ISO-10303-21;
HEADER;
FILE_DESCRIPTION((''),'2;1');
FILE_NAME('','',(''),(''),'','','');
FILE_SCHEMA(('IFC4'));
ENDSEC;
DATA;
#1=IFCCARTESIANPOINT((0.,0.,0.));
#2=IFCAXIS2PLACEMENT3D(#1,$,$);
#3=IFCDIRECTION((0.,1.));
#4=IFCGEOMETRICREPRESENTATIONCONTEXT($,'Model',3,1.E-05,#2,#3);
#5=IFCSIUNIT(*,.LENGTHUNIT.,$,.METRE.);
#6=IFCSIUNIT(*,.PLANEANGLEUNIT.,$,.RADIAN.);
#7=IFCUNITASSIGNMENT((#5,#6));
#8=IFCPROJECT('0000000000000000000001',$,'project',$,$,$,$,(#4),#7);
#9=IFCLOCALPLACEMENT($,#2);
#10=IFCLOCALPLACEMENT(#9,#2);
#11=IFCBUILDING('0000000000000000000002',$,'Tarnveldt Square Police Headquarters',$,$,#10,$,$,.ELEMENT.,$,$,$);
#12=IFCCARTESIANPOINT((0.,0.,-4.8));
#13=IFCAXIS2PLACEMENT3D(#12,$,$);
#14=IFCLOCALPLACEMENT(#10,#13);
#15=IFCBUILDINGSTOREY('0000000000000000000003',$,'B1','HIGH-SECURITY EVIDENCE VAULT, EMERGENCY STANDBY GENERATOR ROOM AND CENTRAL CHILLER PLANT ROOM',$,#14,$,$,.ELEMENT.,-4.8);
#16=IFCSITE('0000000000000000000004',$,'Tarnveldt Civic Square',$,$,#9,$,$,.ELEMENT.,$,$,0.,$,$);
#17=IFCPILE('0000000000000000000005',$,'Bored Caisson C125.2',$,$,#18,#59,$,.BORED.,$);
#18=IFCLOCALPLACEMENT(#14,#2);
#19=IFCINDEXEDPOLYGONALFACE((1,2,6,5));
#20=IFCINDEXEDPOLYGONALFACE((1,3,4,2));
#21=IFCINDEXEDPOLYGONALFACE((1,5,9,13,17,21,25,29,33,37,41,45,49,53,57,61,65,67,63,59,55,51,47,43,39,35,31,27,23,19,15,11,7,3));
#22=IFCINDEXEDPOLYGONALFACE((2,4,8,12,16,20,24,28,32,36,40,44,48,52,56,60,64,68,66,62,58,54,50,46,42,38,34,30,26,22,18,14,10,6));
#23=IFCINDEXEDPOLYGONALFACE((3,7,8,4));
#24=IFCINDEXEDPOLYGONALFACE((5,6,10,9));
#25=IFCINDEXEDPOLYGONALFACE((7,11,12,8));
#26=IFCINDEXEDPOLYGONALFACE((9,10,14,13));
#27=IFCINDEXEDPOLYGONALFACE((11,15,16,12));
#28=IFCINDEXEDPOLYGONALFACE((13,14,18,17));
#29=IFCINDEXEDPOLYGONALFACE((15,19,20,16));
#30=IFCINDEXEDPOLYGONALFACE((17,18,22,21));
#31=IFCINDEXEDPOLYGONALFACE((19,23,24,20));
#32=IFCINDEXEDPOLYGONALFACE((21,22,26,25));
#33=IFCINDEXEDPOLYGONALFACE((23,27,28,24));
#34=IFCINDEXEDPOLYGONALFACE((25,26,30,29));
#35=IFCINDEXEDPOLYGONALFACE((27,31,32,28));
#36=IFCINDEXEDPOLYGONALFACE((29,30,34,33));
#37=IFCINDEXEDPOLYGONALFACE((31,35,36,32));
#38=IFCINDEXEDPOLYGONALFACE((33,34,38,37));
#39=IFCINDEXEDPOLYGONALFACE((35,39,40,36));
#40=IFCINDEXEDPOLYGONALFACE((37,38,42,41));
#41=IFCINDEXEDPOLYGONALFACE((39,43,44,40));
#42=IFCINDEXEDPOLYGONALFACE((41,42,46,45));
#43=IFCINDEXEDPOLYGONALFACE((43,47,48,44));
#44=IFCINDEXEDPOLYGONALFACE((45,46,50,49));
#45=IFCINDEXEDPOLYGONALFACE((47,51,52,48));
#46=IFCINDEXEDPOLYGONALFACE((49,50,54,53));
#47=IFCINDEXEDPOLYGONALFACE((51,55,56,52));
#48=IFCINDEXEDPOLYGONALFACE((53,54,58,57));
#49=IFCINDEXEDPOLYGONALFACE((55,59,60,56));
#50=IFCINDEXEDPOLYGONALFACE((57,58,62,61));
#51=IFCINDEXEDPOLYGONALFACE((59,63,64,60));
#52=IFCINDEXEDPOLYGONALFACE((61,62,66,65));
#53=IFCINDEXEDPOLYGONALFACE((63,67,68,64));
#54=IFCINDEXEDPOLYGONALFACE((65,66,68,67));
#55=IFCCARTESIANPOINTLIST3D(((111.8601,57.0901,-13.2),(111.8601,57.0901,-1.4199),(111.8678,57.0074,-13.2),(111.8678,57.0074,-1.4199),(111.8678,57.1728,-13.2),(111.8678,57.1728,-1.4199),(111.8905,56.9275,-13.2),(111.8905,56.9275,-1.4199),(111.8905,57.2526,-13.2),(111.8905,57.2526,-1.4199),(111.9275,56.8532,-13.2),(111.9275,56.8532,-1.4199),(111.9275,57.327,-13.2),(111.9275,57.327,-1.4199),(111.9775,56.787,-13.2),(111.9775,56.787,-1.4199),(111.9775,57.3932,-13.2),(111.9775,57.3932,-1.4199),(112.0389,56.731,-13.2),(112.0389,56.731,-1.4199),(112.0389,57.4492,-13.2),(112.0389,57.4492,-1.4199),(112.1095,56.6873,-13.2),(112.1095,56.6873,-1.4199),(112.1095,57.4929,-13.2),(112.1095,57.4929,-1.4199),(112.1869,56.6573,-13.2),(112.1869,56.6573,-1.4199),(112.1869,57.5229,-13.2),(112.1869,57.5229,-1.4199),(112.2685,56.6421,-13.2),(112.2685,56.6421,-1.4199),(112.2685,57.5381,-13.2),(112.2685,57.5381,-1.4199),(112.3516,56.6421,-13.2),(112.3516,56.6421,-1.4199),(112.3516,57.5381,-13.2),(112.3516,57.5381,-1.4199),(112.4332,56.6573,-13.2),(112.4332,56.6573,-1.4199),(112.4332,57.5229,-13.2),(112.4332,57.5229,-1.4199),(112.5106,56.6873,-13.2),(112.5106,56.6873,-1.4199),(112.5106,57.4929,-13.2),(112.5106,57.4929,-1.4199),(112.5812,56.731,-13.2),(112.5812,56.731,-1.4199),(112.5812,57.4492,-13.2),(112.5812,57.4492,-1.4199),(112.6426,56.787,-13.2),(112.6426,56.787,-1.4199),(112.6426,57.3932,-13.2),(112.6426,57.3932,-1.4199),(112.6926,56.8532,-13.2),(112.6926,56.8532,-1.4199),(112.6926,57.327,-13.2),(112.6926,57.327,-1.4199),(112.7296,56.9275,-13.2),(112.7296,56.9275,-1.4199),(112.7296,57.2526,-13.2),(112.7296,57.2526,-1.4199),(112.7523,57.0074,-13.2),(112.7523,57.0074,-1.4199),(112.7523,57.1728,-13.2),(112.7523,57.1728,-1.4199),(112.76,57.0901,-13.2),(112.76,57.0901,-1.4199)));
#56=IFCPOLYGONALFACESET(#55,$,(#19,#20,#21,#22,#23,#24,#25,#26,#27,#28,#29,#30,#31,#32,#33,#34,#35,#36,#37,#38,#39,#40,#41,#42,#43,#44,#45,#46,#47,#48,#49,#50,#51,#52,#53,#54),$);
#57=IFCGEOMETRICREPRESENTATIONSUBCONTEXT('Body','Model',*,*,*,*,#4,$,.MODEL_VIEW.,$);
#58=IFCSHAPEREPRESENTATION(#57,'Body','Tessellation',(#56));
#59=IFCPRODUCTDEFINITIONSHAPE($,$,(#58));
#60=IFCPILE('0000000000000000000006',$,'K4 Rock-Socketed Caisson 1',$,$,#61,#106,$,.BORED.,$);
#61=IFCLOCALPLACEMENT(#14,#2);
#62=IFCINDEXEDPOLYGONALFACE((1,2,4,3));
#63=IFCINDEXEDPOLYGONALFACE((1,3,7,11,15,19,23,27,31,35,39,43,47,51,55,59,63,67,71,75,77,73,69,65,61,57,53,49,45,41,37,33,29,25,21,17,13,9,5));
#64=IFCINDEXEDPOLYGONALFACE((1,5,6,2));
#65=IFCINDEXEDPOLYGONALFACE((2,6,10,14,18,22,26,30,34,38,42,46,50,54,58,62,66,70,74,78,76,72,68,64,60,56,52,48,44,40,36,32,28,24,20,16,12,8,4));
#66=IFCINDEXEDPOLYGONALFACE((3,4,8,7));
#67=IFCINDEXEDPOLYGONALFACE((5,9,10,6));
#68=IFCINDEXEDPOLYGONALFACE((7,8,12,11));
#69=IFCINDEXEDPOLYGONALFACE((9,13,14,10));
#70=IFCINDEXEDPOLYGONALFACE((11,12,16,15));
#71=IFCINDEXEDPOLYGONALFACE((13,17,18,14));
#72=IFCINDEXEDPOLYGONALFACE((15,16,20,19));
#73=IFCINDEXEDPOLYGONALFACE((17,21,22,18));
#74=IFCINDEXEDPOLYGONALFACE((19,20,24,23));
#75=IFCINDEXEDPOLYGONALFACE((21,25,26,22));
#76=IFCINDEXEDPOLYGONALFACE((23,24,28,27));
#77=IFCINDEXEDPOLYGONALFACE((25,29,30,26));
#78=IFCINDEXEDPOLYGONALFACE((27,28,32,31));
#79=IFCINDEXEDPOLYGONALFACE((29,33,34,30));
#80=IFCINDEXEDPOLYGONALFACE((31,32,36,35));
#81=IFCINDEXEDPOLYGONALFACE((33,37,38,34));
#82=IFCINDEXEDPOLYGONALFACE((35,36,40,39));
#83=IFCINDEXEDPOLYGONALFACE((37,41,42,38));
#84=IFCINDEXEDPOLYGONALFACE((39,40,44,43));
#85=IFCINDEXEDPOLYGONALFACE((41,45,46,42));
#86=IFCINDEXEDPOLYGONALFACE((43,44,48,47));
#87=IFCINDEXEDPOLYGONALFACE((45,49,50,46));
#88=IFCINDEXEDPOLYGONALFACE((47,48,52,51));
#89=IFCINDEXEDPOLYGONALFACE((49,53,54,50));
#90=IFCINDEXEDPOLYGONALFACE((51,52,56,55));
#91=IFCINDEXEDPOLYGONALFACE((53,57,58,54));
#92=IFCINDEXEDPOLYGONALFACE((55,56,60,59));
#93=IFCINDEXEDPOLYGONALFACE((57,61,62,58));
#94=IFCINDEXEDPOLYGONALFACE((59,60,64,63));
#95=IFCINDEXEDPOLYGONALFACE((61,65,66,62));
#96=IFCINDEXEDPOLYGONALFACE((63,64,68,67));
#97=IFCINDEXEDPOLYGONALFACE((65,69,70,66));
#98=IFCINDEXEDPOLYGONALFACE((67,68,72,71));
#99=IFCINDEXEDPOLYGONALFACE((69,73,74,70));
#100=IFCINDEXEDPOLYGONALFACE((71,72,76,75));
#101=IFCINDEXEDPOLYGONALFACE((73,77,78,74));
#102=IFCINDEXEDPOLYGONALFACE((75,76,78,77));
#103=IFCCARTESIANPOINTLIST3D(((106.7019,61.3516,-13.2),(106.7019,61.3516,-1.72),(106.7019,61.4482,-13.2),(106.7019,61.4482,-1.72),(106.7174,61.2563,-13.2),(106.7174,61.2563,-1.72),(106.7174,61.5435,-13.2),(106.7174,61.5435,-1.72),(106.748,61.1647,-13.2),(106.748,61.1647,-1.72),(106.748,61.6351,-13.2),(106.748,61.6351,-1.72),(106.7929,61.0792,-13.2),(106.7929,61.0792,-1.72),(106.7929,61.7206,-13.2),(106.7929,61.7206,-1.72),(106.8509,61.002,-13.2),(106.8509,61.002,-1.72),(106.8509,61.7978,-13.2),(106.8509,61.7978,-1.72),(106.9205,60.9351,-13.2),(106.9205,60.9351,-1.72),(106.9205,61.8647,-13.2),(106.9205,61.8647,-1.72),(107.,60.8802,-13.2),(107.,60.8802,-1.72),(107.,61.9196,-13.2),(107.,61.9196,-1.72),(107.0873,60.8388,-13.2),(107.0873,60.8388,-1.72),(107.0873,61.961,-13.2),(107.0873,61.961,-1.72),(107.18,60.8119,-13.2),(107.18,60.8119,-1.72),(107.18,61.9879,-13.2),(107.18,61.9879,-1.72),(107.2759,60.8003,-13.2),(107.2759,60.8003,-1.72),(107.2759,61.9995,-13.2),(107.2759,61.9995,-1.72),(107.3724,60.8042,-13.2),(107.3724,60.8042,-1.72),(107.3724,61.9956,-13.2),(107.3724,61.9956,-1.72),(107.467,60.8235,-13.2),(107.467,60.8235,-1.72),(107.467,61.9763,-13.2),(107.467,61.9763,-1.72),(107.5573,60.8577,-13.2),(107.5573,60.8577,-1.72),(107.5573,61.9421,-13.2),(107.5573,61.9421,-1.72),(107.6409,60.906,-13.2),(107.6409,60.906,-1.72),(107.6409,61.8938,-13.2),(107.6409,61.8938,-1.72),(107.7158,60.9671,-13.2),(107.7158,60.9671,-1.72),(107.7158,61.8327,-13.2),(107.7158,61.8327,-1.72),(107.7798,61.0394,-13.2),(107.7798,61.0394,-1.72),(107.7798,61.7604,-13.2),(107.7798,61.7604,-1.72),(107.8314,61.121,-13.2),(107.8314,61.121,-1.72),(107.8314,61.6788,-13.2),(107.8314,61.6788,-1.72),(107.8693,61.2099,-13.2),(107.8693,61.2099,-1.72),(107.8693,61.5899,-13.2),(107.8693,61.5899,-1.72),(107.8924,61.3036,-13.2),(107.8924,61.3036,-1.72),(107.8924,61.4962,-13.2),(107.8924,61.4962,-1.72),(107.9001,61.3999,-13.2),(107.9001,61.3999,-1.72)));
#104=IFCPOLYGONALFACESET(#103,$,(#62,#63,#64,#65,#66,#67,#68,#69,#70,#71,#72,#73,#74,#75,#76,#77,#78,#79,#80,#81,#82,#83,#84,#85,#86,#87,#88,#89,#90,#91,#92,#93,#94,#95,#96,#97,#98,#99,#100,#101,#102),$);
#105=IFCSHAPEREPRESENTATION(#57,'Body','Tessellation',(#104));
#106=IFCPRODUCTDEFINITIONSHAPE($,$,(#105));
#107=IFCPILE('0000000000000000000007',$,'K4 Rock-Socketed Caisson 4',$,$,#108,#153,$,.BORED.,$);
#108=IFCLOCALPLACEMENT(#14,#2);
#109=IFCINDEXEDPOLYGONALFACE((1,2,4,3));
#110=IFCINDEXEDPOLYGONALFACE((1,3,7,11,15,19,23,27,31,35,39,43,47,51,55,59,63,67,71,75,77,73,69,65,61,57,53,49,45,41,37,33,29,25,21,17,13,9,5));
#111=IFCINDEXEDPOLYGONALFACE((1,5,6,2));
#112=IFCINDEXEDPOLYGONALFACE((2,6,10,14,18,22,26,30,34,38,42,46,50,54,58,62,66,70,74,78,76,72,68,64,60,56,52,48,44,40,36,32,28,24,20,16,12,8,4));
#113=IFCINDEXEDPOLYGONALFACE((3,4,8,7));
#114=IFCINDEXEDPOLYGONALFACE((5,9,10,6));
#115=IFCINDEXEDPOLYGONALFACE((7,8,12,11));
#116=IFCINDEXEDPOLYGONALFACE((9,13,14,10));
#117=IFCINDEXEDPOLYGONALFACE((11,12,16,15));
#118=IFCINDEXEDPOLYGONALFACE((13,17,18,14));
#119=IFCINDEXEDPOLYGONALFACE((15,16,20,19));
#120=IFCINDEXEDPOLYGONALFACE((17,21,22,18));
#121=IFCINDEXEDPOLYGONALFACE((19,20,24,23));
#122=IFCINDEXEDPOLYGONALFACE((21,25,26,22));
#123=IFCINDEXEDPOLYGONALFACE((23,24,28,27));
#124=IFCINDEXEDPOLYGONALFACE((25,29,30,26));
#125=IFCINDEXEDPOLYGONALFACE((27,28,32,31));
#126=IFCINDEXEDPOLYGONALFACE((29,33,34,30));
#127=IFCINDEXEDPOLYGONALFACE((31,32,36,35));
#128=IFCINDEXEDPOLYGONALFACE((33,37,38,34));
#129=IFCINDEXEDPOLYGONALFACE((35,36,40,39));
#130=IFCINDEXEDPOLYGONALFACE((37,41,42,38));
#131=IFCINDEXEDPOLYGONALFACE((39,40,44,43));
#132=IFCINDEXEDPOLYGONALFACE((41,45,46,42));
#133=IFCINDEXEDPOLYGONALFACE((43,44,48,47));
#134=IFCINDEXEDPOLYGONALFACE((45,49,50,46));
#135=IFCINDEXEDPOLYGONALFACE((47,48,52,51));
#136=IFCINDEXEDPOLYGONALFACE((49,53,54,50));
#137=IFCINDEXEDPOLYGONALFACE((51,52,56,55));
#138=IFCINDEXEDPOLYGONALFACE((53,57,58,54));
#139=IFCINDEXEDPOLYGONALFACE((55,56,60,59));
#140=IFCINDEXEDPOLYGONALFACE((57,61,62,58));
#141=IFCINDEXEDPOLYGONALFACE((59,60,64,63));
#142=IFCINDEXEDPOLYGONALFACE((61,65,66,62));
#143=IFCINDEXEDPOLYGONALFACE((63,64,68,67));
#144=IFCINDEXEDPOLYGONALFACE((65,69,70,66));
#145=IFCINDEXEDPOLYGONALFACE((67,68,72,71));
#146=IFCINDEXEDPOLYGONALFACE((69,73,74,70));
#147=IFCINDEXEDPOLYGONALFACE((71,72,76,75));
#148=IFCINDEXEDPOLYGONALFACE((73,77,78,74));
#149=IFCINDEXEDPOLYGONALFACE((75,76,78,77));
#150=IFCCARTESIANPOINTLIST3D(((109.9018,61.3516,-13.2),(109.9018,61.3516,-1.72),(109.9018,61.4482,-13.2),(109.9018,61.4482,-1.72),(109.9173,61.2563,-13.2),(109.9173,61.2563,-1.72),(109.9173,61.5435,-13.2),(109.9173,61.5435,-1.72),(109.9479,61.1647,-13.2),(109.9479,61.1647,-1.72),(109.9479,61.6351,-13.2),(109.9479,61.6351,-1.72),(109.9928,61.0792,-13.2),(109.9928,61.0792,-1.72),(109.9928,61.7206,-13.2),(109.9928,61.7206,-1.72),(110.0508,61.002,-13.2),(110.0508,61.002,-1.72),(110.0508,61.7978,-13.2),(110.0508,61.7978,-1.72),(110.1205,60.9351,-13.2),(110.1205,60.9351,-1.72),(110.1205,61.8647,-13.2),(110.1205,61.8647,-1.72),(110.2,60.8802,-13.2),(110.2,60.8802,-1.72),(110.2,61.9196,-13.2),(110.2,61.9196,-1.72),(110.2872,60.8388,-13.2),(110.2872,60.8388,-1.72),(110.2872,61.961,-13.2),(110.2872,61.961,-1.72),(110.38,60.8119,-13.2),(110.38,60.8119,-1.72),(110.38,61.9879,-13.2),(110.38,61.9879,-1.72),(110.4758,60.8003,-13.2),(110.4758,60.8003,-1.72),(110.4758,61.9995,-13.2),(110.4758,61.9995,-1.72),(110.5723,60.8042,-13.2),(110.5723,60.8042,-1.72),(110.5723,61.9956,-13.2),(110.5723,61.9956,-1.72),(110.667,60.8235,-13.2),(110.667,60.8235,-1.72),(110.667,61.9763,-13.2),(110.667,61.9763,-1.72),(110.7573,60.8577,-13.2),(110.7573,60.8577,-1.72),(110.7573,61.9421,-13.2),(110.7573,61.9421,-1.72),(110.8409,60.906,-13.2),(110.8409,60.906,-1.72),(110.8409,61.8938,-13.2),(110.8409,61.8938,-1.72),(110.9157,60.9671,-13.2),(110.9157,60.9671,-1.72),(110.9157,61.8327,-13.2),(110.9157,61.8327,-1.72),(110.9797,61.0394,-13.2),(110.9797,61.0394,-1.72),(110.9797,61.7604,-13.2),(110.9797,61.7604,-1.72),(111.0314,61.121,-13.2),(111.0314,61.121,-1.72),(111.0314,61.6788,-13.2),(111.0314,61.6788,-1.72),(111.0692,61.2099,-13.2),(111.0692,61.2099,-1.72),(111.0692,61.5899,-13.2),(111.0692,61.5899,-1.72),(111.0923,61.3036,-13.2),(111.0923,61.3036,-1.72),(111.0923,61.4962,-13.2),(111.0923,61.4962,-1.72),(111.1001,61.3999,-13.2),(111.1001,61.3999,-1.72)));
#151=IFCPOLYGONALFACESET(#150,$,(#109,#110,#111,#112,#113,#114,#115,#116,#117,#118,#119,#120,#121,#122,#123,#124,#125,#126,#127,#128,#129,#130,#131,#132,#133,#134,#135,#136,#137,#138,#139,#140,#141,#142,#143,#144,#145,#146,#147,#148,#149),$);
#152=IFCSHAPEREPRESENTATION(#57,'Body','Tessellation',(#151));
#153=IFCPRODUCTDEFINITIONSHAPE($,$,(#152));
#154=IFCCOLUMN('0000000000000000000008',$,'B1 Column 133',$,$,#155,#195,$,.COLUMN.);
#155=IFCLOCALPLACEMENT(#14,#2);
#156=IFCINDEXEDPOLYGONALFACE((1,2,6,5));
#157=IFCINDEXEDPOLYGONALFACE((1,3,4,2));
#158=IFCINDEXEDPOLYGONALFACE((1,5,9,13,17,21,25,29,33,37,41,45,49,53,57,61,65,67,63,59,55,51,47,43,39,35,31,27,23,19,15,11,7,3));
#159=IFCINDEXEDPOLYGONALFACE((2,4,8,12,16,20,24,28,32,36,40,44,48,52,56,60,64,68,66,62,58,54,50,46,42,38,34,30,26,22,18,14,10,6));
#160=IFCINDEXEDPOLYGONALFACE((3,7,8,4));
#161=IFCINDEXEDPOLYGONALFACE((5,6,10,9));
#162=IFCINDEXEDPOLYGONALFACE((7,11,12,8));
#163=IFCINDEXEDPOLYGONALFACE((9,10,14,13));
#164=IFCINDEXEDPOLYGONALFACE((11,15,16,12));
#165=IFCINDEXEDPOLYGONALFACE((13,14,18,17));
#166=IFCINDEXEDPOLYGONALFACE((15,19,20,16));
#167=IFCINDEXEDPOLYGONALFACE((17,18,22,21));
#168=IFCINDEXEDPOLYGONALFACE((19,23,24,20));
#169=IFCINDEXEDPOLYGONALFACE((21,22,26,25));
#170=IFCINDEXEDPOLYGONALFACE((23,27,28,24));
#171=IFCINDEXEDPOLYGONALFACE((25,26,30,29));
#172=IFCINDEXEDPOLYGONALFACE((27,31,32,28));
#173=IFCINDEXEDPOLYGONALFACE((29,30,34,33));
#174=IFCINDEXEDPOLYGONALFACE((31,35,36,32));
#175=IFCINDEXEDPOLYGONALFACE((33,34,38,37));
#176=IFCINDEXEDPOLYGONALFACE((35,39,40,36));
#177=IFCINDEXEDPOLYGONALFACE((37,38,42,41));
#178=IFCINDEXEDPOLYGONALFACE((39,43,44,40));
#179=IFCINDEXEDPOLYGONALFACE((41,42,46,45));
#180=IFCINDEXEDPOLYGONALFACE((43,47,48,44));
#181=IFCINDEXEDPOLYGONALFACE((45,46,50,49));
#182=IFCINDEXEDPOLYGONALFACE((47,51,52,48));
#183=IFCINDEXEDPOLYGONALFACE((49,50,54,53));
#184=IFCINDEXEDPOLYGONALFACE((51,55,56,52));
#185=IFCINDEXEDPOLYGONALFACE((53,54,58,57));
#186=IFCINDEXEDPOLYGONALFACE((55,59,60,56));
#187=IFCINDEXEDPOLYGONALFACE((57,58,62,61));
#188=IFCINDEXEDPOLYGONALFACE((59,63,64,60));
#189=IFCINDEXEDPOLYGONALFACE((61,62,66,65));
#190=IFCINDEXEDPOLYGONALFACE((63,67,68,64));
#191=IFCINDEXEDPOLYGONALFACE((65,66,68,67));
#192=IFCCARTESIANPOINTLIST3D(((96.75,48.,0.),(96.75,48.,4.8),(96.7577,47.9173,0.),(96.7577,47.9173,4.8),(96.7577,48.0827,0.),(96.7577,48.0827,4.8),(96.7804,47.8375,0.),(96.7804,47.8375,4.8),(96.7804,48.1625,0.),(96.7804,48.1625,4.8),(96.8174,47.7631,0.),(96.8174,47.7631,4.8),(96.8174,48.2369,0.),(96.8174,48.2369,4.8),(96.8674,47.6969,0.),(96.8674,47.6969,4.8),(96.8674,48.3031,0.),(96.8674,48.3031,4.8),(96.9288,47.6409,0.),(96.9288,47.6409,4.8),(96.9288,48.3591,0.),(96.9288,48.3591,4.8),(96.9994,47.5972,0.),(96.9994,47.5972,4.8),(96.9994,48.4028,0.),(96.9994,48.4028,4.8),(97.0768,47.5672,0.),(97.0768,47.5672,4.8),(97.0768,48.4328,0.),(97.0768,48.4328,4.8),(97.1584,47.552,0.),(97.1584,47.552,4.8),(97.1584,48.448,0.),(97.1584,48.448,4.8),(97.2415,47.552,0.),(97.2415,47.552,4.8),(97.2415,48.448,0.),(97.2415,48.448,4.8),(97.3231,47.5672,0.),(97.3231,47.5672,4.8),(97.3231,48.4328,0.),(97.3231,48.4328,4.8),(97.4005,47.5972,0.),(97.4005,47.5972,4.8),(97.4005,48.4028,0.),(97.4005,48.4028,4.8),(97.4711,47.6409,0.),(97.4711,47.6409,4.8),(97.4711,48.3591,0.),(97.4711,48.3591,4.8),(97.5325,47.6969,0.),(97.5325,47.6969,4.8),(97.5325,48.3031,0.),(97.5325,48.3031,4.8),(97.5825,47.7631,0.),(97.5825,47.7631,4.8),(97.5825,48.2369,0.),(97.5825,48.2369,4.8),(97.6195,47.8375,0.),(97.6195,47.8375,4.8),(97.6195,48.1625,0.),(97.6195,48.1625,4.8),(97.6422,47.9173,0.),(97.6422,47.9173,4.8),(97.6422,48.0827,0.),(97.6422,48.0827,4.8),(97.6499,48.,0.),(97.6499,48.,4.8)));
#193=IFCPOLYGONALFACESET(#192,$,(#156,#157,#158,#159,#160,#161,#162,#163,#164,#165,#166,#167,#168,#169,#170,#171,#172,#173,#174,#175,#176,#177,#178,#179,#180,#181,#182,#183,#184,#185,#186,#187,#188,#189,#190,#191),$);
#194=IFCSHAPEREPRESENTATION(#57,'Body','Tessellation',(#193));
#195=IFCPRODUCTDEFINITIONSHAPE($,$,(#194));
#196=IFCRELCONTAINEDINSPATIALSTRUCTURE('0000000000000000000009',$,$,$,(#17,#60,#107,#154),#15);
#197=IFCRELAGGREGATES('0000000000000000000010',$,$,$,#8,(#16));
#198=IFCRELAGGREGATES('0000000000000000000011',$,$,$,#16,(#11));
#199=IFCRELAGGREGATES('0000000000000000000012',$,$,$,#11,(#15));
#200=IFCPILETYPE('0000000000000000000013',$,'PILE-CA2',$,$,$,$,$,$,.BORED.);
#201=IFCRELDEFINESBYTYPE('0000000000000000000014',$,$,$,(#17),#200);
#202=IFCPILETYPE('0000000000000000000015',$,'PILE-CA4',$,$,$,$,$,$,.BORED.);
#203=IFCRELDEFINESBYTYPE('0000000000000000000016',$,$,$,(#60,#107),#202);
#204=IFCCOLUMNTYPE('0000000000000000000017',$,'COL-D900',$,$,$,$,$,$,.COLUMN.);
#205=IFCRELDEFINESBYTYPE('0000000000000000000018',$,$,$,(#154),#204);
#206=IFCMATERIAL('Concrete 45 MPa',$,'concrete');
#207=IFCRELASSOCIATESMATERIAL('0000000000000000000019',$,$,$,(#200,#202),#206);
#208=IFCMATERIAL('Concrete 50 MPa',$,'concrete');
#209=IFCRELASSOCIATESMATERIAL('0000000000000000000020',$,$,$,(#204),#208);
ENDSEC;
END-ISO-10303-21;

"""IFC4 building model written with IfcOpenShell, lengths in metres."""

from ifc_helpers import new_model, si_unit, direction, frame, origin, origin_2d, place, context, subcontext, project, spatial, circle, extrude, material, material_profile, profile_set, type_object, element, save


model = new_model("IFC4")

# Units and contexts
model_context = context("Model", 3, precision=1e-05, world=origin(), true_north=direction((0.0, 1.0)))
body_context = subcontext(model_context, "Body", "Model", "MODEL_VIEW")
ifc_project = project(units=[si_unit("LENGTHUNIT", "METRE"), si_unit("PLANEANGLEUNIT", "RADIAN")], contexts=[model_context])

# Site, building, storey
site_placement = place(None, origin())
site = spatial("IfcSite", under=ifc_project, at=site_placement, Name="Tarnveldt Civic Square", CompositionType="ELEMENT", RefElevation=0.0)
building_placement = place(site_placement, origin())
building = spatial("IfcBuilding", under=site, at=building_placement, Name="Tarnveldt Square Police Headquarters", CompositionType="ELEMENT")
storey_placement = place(building_placement, frame((0.0, 0.0, -4.8)))
storey = spatial("IfcBuildingStorey", under=building, at=storey_placement, Name="B1", Description="HIGH-SECURITY EVIDENCE VAULT, EMERGENCY STANDBY GENERATOR ROOM AND CENTRAL CHILLER PLANT ROOM", CompositionType="ELEMENT", Elevation=-4.8)

# Shared definitions
ifc_material_1 = material(Name="Concrete 45 MPa", Category="concrete")

# Piles
ifc_material_profile_1 = material_profile(ifc_material_1, circle(Radius=0.45, at=origin_2d()), Name="CAISSON-D900")
ifc_profile_set_1 = profile_set([ifc_material_profile_1], Name="Concrete 45 MPa")
pile_type_1 = type_object("IfcPileType", Name="PILE-CA2", PredefinedType="BORED", material=ifc_profile_set_1)
for number, where, z_axis, x_axis, name in (
    (1, (112.3101, 57.0901, -1.4199), (0.0, 0.0, -1.0), (1.0, 0.0, 0.0), "Bored Caisson C125.2"),
):
    element("IfcPile", number, at=place(storey_placement, frame(where, z_axis=z_axis, x_axis=x_axis)), inside=storey, type_object=pile_type_1, Name=name, PredefinedType="BORED", context=body_context, shape_type="SweptSolid", body=[
        extrude(circle(Radius=0.45, at=origin_2d()), origin(), (0.0, 0.0, 1.0), 11.78),
    ])
ifc_material_profile_2 = material_profile(ifc_material_1, circle(Radius=0.6001, at=origin_2d()), Name="CAISSON-D1200")
ifc_profile_set_2 = profile_set([ifc_material_profile_2], Name="Concrete 45 MPa")
pile_type_2 = type_object("IfcPileType", Name="PILE-CA4", PredefinedType="BORED", material=ifc_profile_set_2)
for number, where, z_axis, x_axis, name in (
    (2, (107.3, 61.3999, -1.72), (0.0, 0.0, -1.0), (1.0, 0.0, 0.0), "K4 Rock-Socketed Caisson 1"),
    (3, (110.5, 61.3999, -1.72), (0.0, 0.0, -1.0), (1.0, 0.0, 0.0), "K4 Rock-Socketed Caisson 4"),
):
    element("IfcPile", number, at=place(storey_placement, frame(where, z_axis=z_axis, x_axis=x_axis)), inside=storey, type_object=pile_type_2, Name=name, PredefinedType="BORED", context=body_context, shape_type="SweptSolid", body=[
        extrude(circle(Radius=0.6001, at=origin_2d()), origin(), (0.0, 0.0, 1.0), 11.48),
    ])

# Column
ifc_material_2 = material(Name="Concrete 50 MPa", Category="concrete")
ifc_material_profile_3 = material_profile(ifc_material_2, circle(Radius=0.45, at=origin_2d()), Name="RC-D900")
ifc_profile_set_3 = profile_set([ifc_material_profile_3], Name="Concrete 50 MPa")
column_type_1 = type_object("IfcColumnType", Name="COL-D900", PredefinedType="COLUMN", material=ifc_profile_set_3)
for number, where, z_axis, x_axis, name in (
    (4, (97.2, 48.0, 0.0), (0.0, 0.0, 1.0), (1.0, 0.0, 0.0), "B1 Column 133"),
):
    element("IfcColumn", number, at=place(storey_placement, frame(where, z_axis=z_axis, x_axis=x_axis)), inside=storey, type_object=column_type_1, Name=name, PredefinedType="COLUMN", context=body_context, shape_type="SweptSolid", body=[
        extrude(circle(Radius=0.45, at=origin_2d()), origin(), (0.0, 0.0, 1.0), 4.8),
    ])

save(model, "model.ifc")
